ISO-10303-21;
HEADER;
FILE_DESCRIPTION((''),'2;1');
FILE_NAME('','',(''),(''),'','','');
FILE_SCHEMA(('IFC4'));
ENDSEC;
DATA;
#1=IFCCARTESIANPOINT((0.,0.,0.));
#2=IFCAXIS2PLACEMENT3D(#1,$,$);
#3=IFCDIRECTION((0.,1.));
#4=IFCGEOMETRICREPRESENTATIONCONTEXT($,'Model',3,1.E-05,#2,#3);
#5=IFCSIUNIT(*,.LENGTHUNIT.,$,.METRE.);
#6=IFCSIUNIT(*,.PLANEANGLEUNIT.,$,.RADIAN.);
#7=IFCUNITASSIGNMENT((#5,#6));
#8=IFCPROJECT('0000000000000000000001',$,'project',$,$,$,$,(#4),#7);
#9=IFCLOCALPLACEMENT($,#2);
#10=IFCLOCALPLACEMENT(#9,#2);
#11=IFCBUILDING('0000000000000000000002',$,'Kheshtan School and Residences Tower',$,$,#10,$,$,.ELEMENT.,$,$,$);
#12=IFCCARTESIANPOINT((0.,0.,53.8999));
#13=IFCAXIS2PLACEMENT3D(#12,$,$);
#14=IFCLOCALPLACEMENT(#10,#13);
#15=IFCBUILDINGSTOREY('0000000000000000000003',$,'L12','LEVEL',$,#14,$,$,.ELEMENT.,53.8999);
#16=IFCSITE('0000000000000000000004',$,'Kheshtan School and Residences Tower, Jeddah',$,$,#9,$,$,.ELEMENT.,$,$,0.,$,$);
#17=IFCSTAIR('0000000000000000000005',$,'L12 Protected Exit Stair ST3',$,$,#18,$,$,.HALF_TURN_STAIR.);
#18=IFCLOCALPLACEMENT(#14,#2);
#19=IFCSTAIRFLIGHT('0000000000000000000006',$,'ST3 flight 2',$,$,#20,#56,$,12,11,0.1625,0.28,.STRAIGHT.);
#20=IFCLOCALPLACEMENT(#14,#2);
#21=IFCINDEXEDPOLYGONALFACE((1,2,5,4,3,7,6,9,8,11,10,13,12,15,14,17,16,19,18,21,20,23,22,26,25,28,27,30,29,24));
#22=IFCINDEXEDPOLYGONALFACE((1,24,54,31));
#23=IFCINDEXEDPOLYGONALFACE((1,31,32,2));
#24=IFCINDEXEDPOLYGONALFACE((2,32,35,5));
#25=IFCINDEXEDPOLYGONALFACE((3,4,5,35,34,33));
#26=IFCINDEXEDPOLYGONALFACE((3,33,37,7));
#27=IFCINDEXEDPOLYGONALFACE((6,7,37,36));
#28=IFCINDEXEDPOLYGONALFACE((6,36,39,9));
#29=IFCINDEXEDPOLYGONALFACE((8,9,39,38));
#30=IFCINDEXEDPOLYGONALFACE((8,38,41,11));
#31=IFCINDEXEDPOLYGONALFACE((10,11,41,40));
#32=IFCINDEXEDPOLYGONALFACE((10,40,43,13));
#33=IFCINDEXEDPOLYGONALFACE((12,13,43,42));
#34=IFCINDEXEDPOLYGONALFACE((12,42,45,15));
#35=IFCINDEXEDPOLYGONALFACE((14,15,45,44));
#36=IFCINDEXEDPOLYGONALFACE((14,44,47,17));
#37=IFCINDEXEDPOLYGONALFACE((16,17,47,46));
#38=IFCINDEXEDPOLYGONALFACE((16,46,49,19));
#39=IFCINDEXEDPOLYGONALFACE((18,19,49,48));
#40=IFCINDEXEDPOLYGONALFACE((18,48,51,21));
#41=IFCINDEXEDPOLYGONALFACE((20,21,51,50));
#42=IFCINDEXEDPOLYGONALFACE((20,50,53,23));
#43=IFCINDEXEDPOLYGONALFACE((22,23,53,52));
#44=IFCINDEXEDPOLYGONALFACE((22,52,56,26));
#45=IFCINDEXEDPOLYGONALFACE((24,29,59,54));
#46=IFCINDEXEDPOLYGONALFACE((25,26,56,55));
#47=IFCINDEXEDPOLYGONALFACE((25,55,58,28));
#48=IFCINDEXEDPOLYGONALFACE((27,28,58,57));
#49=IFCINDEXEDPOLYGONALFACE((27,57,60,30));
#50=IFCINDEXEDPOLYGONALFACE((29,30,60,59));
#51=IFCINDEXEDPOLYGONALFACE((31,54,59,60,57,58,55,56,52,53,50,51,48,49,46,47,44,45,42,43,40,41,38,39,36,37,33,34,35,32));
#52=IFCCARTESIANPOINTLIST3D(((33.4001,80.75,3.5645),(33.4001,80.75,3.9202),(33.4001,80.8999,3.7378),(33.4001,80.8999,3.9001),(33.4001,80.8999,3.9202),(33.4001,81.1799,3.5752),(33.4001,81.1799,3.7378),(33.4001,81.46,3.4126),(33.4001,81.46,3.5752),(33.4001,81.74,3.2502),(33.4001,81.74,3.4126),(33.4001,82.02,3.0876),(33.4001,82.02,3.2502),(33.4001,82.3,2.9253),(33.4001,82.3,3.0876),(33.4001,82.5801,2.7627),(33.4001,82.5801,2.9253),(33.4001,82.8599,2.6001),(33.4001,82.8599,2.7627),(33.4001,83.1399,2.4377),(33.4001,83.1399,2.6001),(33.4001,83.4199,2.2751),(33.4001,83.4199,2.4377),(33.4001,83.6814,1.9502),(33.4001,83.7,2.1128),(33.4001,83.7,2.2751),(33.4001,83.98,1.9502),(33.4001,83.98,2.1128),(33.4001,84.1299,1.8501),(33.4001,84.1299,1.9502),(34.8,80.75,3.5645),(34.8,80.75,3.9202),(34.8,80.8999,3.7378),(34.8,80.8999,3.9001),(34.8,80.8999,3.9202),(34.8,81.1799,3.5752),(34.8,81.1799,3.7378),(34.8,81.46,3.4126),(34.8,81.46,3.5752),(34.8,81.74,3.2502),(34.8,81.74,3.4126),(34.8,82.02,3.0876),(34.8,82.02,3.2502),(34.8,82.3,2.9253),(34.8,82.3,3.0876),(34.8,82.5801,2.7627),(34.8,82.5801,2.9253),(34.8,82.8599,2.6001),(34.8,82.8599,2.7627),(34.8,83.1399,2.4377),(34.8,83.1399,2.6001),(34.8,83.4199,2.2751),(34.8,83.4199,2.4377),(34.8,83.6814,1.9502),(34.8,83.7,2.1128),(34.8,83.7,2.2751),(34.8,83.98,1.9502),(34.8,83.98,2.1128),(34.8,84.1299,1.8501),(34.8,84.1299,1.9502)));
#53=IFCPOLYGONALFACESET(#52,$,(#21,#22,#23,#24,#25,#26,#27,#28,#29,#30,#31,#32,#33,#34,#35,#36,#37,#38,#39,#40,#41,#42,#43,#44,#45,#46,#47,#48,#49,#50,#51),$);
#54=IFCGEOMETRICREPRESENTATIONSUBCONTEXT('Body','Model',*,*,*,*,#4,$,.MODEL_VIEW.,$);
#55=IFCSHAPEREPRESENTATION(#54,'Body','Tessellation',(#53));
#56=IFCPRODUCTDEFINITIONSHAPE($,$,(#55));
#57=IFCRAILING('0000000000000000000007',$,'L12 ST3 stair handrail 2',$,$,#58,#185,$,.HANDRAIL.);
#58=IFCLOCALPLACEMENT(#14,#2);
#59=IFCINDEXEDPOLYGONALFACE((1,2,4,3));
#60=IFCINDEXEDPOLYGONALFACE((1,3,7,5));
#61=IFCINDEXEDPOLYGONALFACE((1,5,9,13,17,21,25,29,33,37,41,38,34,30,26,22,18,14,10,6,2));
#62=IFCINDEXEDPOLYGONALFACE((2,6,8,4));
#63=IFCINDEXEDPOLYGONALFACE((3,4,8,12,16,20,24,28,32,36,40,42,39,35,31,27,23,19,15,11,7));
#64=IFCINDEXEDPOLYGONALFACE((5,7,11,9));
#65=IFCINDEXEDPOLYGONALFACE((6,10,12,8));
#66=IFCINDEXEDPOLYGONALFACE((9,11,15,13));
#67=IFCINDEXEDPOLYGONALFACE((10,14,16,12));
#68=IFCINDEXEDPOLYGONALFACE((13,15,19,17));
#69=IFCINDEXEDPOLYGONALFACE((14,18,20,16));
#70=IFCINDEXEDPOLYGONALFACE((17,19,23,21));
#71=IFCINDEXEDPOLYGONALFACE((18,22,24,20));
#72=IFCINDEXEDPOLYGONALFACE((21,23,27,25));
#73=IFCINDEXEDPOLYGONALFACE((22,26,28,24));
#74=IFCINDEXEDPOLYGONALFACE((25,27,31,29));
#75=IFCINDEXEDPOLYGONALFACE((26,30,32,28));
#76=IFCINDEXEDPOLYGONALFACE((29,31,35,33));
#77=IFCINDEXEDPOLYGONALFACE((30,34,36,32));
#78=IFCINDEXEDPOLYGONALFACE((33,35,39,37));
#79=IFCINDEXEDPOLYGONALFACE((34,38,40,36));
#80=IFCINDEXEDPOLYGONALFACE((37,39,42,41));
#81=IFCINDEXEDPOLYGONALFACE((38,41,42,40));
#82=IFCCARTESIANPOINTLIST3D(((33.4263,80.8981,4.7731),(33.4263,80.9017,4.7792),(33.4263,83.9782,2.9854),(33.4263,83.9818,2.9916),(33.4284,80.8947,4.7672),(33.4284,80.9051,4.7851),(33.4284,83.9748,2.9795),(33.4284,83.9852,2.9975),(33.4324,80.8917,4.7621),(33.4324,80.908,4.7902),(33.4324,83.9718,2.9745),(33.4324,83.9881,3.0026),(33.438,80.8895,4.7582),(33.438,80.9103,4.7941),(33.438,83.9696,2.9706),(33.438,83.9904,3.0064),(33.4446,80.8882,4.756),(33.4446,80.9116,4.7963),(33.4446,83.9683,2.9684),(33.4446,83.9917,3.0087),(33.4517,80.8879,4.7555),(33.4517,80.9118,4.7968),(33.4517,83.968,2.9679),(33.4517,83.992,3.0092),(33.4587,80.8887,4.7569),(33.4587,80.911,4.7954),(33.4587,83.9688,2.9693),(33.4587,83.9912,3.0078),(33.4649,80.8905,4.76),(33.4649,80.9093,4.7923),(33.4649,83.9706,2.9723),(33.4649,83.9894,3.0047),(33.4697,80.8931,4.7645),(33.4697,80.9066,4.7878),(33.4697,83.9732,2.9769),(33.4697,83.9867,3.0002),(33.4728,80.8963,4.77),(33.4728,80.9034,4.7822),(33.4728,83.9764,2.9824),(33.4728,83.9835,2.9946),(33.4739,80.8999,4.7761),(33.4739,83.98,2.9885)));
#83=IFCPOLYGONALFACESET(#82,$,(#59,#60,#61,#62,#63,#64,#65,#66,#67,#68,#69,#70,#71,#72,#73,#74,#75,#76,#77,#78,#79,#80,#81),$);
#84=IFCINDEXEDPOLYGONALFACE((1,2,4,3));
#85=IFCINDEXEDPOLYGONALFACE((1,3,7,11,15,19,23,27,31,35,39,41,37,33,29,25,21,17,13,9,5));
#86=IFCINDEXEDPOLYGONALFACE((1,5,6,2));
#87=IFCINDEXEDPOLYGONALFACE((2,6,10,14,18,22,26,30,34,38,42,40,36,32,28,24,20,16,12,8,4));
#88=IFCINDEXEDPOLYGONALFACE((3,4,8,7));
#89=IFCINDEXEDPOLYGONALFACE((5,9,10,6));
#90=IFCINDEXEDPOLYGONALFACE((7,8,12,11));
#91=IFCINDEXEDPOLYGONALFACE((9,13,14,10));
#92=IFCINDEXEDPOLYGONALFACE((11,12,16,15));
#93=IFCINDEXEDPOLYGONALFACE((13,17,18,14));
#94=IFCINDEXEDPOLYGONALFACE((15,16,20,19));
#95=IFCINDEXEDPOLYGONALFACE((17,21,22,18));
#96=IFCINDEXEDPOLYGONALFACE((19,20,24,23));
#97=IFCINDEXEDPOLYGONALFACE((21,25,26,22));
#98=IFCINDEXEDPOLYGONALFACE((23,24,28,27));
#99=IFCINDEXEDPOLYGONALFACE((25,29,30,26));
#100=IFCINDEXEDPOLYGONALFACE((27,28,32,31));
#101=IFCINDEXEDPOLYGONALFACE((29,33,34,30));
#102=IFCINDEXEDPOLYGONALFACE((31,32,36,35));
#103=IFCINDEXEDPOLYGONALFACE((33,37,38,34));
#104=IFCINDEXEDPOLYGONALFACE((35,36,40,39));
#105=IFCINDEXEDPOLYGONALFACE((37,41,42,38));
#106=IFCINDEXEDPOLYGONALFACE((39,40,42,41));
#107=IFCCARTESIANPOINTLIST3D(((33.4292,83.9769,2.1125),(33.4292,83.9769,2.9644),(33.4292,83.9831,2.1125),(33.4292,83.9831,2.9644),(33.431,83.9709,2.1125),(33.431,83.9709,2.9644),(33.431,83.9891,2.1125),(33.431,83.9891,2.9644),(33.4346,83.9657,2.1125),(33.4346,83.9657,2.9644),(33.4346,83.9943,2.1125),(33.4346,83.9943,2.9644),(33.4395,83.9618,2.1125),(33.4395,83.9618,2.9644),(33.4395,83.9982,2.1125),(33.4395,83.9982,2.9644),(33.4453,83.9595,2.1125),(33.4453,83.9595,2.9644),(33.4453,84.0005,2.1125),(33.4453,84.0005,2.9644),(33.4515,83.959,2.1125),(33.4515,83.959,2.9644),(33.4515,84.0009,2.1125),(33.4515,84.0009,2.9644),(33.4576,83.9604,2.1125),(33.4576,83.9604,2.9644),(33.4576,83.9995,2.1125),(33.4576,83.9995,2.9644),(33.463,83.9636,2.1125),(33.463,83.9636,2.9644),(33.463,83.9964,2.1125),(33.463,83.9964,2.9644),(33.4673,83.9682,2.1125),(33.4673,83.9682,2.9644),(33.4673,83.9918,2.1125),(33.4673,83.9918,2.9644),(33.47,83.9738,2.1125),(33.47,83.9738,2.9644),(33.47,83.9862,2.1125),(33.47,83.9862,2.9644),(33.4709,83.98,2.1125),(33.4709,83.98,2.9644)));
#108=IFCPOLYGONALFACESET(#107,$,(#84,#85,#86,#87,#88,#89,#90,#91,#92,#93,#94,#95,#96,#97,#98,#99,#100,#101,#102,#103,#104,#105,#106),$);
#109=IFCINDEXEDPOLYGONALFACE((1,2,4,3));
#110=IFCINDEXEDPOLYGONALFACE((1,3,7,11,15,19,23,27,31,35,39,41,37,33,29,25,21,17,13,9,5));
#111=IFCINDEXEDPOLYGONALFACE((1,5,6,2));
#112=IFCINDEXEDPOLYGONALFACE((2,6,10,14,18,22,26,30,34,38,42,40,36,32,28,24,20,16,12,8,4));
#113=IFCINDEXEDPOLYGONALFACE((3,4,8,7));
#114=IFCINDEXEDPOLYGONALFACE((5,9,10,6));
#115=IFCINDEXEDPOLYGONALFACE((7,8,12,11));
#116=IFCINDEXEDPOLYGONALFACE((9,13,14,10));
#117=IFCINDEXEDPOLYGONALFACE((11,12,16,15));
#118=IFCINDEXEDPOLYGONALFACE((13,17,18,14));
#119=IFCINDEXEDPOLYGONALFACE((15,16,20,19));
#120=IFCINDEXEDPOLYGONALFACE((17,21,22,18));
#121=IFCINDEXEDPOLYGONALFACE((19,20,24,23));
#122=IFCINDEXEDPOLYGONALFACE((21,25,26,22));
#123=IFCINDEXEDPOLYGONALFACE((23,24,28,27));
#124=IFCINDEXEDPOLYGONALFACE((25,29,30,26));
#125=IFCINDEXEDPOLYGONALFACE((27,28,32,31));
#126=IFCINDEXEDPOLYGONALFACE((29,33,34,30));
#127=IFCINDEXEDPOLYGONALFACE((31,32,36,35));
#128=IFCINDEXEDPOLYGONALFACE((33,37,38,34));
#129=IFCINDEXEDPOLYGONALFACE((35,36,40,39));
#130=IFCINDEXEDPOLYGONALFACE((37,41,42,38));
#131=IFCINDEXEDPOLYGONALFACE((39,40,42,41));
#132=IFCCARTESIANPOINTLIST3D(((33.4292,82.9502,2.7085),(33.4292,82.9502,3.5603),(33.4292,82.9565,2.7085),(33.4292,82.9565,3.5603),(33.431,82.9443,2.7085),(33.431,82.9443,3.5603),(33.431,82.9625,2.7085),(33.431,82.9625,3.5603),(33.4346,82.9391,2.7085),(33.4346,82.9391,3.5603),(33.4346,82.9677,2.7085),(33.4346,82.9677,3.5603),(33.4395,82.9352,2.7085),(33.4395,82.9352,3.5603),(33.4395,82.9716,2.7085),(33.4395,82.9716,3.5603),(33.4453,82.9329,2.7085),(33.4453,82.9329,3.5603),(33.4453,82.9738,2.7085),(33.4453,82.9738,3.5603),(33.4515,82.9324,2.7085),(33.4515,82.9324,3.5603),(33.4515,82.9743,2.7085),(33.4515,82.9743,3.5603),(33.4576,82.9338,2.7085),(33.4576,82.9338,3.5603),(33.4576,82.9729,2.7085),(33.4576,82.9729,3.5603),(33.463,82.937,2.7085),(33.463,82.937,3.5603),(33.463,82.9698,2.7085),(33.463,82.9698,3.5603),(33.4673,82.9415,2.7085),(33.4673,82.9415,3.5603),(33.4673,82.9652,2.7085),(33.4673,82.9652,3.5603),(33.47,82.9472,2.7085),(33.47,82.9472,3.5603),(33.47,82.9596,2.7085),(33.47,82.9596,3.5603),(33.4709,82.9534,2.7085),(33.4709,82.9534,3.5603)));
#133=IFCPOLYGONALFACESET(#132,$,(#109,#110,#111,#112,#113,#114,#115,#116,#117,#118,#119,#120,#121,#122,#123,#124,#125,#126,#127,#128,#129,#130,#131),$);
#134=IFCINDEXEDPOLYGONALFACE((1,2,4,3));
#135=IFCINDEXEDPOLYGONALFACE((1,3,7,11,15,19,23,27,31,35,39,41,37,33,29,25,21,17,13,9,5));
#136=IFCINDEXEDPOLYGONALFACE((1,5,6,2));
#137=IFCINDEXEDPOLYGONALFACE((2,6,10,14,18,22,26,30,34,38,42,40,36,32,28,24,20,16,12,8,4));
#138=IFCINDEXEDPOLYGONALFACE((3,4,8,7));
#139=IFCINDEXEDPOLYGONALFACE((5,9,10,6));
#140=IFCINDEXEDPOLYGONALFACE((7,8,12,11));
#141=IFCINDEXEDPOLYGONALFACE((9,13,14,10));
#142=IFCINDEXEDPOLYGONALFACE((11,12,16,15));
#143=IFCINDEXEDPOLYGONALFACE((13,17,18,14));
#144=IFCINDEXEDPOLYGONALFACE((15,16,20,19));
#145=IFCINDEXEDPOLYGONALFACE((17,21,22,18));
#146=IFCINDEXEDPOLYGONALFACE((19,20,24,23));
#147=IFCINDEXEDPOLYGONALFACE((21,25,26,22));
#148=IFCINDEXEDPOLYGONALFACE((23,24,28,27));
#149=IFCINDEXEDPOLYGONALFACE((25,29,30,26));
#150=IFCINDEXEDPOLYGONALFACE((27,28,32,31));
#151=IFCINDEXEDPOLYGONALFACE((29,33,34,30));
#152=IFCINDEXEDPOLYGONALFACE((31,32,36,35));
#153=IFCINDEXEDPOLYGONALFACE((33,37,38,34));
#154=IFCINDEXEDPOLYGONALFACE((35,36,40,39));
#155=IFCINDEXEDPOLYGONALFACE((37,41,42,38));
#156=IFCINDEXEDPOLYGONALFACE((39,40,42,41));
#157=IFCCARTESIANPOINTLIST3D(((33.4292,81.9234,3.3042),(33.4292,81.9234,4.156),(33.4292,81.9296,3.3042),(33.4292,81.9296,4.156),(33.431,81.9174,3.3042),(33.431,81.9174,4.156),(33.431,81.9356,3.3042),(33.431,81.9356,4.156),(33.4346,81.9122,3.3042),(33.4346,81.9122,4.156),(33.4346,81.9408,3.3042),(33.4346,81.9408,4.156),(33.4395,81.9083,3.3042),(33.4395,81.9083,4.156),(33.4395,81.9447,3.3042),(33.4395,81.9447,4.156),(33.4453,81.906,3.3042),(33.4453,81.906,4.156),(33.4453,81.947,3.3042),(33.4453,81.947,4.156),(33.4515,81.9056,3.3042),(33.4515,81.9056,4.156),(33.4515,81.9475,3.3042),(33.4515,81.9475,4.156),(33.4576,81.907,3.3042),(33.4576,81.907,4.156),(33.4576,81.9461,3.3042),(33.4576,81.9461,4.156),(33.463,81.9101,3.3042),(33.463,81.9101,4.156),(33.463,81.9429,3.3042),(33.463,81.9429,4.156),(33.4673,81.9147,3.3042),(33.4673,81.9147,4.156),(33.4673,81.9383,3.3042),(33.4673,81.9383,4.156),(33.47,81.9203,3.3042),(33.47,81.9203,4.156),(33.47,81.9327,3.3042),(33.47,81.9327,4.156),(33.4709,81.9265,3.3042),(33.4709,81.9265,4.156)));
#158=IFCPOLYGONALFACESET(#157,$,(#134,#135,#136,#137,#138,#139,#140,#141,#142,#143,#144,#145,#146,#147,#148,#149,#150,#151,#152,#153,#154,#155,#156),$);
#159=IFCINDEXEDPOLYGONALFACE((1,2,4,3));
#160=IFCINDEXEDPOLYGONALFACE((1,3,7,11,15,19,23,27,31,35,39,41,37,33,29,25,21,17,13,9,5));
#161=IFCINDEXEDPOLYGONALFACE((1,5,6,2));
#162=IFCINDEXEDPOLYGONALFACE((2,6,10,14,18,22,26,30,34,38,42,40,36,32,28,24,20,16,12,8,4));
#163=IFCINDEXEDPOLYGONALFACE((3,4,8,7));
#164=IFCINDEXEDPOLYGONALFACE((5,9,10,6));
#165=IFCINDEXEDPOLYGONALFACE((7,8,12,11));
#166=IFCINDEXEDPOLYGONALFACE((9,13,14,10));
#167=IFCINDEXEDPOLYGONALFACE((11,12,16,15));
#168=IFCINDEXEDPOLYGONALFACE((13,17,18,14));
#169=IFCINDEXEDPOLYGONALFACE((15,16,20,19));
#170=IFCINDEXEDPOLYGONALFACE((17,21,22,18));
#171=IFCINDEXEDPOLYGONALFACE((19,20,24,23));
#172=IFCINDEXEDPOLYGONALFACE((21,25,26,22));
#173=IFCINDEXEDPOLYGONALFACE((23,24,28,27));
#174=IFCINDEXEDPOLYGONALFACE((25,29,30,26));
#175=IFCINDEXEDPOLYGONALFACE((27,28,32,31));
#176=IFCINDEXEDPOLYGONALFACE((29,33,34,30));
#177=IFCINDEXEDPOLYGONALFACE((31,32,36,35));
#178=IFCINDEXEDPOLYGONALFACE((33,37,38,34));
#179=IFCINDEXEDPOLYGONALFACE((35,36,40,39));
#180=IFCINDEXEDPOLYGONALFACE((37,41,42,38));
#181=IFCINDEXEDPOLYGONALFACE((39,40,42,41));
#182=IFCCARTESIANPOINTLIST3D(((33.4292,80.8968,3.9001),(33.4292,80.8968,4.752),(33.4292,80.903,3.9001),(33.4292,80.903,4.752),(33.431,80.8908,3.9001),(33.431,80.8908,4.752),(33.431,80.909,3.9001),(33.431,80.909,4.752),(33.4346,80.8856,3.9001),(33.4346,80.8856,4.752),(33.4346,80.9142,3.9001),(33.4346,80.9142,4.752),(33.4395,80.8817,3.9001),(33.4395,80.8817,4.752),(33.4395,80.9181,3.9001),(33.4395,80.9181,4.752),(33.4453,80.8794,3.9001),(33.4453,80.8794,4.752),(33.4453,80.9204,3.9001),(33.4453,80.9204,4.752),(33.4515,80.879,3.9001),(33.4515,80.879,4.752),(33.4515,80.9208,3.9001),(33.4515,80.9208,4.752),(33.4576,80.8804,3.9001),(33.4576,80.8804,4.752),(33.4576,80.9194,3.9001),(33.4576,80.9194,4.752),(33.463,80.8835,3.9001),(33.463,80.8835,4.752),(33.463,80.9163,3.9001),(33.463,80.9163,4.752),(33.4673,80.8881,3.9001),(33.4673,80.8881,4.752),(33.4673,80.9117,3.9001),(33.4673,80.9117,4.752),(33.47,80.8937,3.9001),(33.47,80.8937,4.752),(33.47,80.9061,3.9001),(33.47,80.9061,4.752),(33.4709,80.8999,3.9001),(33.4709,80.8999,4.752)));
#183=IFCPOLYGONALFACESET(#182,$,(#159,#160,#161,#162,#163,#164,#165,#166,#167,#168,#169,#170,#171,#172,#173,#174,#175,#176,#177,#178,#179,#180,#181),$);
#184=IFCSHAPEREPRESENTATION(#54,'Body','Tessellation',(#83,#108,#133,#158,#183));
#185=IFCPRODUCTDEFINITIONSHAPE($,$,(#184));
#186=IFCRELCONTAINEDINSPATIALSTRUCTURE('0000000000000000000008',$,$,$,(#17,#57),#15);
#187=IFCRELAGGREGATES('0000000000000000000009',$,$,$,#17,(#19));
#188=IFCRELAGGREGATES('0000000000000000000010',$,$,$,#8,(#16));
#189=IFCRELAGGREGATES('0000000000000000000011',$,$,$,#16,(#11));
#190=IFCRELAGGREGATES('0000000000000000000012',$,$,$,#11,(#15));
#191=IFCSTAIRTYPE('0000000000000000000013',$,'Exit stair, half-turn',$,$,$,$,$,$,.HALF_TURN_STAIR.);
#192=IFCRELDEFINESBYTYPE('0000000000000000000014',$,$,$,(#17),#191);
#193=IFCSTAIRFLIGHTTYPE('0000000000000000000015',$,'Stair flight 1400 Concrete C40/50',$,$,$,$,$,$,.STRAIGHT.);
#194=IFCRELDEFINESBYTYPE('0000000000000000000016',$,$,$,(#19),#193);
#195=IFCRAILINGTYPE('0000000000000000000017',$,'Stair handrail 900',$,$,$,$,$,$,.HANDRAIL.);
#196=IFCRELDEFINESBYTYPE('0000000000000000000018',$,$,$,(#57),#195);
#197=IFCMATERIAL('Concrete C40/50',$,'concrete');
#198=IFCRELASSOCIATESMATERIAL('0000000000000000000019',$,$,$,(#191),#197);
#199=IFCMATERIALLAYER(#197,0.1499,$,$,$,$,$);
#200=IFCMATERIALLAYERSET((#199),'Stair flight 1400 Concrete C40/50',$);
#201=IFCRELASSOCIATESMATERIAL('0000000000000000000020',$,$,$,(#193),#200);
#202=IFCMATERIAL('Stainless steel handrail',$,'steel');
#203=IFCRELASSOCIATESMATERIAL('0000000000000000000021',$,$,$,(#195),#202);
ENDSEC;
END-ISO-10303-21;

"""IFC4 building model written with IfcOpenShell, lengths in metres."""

from ifc_helpers import new_model, si_unit, direction, frame, origin, origin_2d, place, context, subcontext, project, spatial, polyline, circle, outline, extrude, material, layer, layer_set, type_object, element, aggregate, save


model = new_model("IFC4")

# Units and contexts
model_context = context("Model", 3, precision=1e-05, world=origin(), true_north=direction((0.0, 1.0)))
body_context = subcontext(model_context, "Body", "Model", "MODEL_VIEW")
ifc_project = project(units=[si_unit("LENGTHUNIT", "METRE"), si_unit("PLANEANGLEUNIT", "RADIAN")], contexts=[model_context])

# Site, building, storey
site_placement = place(None, origin())
site = spatial("IfcSite", under=ifc_project, at=site_placement, Name="Kheshtan School and Residences Tower, Jeddah", CompositionType="ELEMENT", RefElevation=0.0)
building_placement = place(site_placement, origin())
building = spatial("IfcBuilding", under=site, at=building_placement, Name="Kheshtan School and Residences Tower", CompositionType="ELEMENT")
storey_placement = place(building_placement, frame((0.0, 0.0, 53.8999)))
storey = spatial("IfcBuildingStorey", under=building, at=storey_placement, Name="L12", Description="LEVEL", CompositionType="ELEMENT", Elevation=53.8999)

# Shared definitions
ifc_material_1 = material(Name="Concrete C40/50", Category="concrete")

# Stair, stair flight
stair_type = type_object("IfcStairType", Name="Exit stair, half-turn", PredefinedType="HALF_TURN_STAIR", material=ifc_material_1)
stair_placement = place(storey_placement, origin())
stair = element("IfcStair", 1, at=stair_placement, inside=storey, type_object=stair_type, Name="L12 Protected Exit Stair ST3", PredefinedType="HALF_TURN_STAIR")
ifc_layer_1 = layer(ifc_material_1, 0.1499)
ifc_layer_set_1 = layer_set([ifc_layer_1], Name="Stair flight 1400 Concrete C40/50")
stair_flight_type = type_object("IfcStairFlightType", Name="Stair flight 1400 Concrete C40/50", PredefinedType="STRAIGHT", material=ifc_layer_set_1)
stair_flight_placement = place(storey_placement, frame((34.1001, 83.98, 1.9502), z_axis=(0.0, 0.0, 1.0), x_axis=(0.0, -1.0, 0.0)))
stair_flight = element("IfcStairFlight", 2, at=stair_flight_placement, type_object=stair_flight_type, Name="ST3 flight 2", NumberOfRisers=12, NumberOfTreads=11, PredefinedType="STRAIGHT", RiserHeight=0.1625, TreadLength=0.28, context=body_context, shape_type="SweptSolid", body=[
    extrude(outline(polyline([(-0.1499, -0.1001), (-0.1499, 0.0), (0.0, 0.0), (0.0, 0.1626), (0.28, 0.1626), (0.28, 0.325), (0.5601, 0.325), (0.5601, 0.4875), (0.8401, 0.4875), (0.8401, 0.6499), (1.1201, 0.6499), (1.1201, 0.8125), (1.3999, 0.8125), (1.3999, 0.9751), (1.6799, 0.9751), (1.6799, 1.1375), (1.96, 1.1375), (1.96, 1.3), (2.24, 1.3), (2.24, 1.4624), (2.52, 1.4624), (2.52, 1.625), (2.8, 1.625), (2.8, 1.7876), (3.0801, 1.7876), (3.0801, 1.95), (3.0801, 1.97), (3.23, 1.97), (3.23, 1.6143), (0.2986, 0.0), (-0.1499, -0.1001)])), frame((0.0, 0.7, 0.0), z_axis=(0.0, -1.0, 0.0), x_axis=(1.0, 0.0, 0.0)), (0.0, 0.0, 1.0), 1.3999),
])
aggregate(stair, [stair_flight])

# Railing
ifc_material_2 = material(Name="Stainless steel handrail", Category="steel")
railing_type_1 = type_object("IfcRailingType", Name="Stair handrail 900", PredefinedType="HANDRAIL", material=ifc_material_2)
railing_1_placement = place(storey_placement, frame((33.45, 83.98, 2.1125)))
element("IfcRailing", 3, at=railing_1_placement, inside=storey, type_object=railing_type_1, Name="L12 ST3 stair handrail 2", PredefinedType="HANDRAIL", context=body_context, shape_type="SweptSolid", body=[
    extrude(circle(Radius=0.0239, at=origin_2d()), frame((0.0, 0.0, 0.876), z_axis=(0.0, -0.864891, 0.50196), x_axis=(1.0, 0.0, 0.0)), (0.0, 0.0, 1.0), 3.5613),
    extrude(circle(Radius=0.021, at=origin_2d()), origin(), (0.0, 0.0, 1.0), 0.8518),
    extrude(circle(Radius=0.021, at=origin_2d()), frame((0.0, -1.0266, 0.5959)), (0.0, 0.0, 1.0), 0.8518),
    extrude(circle(Radius=0.021, at=origin_2d()), frame((0.0, -2.0535, 1.1917)), (0.0, 0.0, 1.0), 0.8518),
    extrude(circle(Radius=0.021, at=origin_2d()), frame((0.0, -3.0801, 1.7876)), (0.0, 0.0, 1.0), 0.8518),
])

save(model, "model.ifc")
